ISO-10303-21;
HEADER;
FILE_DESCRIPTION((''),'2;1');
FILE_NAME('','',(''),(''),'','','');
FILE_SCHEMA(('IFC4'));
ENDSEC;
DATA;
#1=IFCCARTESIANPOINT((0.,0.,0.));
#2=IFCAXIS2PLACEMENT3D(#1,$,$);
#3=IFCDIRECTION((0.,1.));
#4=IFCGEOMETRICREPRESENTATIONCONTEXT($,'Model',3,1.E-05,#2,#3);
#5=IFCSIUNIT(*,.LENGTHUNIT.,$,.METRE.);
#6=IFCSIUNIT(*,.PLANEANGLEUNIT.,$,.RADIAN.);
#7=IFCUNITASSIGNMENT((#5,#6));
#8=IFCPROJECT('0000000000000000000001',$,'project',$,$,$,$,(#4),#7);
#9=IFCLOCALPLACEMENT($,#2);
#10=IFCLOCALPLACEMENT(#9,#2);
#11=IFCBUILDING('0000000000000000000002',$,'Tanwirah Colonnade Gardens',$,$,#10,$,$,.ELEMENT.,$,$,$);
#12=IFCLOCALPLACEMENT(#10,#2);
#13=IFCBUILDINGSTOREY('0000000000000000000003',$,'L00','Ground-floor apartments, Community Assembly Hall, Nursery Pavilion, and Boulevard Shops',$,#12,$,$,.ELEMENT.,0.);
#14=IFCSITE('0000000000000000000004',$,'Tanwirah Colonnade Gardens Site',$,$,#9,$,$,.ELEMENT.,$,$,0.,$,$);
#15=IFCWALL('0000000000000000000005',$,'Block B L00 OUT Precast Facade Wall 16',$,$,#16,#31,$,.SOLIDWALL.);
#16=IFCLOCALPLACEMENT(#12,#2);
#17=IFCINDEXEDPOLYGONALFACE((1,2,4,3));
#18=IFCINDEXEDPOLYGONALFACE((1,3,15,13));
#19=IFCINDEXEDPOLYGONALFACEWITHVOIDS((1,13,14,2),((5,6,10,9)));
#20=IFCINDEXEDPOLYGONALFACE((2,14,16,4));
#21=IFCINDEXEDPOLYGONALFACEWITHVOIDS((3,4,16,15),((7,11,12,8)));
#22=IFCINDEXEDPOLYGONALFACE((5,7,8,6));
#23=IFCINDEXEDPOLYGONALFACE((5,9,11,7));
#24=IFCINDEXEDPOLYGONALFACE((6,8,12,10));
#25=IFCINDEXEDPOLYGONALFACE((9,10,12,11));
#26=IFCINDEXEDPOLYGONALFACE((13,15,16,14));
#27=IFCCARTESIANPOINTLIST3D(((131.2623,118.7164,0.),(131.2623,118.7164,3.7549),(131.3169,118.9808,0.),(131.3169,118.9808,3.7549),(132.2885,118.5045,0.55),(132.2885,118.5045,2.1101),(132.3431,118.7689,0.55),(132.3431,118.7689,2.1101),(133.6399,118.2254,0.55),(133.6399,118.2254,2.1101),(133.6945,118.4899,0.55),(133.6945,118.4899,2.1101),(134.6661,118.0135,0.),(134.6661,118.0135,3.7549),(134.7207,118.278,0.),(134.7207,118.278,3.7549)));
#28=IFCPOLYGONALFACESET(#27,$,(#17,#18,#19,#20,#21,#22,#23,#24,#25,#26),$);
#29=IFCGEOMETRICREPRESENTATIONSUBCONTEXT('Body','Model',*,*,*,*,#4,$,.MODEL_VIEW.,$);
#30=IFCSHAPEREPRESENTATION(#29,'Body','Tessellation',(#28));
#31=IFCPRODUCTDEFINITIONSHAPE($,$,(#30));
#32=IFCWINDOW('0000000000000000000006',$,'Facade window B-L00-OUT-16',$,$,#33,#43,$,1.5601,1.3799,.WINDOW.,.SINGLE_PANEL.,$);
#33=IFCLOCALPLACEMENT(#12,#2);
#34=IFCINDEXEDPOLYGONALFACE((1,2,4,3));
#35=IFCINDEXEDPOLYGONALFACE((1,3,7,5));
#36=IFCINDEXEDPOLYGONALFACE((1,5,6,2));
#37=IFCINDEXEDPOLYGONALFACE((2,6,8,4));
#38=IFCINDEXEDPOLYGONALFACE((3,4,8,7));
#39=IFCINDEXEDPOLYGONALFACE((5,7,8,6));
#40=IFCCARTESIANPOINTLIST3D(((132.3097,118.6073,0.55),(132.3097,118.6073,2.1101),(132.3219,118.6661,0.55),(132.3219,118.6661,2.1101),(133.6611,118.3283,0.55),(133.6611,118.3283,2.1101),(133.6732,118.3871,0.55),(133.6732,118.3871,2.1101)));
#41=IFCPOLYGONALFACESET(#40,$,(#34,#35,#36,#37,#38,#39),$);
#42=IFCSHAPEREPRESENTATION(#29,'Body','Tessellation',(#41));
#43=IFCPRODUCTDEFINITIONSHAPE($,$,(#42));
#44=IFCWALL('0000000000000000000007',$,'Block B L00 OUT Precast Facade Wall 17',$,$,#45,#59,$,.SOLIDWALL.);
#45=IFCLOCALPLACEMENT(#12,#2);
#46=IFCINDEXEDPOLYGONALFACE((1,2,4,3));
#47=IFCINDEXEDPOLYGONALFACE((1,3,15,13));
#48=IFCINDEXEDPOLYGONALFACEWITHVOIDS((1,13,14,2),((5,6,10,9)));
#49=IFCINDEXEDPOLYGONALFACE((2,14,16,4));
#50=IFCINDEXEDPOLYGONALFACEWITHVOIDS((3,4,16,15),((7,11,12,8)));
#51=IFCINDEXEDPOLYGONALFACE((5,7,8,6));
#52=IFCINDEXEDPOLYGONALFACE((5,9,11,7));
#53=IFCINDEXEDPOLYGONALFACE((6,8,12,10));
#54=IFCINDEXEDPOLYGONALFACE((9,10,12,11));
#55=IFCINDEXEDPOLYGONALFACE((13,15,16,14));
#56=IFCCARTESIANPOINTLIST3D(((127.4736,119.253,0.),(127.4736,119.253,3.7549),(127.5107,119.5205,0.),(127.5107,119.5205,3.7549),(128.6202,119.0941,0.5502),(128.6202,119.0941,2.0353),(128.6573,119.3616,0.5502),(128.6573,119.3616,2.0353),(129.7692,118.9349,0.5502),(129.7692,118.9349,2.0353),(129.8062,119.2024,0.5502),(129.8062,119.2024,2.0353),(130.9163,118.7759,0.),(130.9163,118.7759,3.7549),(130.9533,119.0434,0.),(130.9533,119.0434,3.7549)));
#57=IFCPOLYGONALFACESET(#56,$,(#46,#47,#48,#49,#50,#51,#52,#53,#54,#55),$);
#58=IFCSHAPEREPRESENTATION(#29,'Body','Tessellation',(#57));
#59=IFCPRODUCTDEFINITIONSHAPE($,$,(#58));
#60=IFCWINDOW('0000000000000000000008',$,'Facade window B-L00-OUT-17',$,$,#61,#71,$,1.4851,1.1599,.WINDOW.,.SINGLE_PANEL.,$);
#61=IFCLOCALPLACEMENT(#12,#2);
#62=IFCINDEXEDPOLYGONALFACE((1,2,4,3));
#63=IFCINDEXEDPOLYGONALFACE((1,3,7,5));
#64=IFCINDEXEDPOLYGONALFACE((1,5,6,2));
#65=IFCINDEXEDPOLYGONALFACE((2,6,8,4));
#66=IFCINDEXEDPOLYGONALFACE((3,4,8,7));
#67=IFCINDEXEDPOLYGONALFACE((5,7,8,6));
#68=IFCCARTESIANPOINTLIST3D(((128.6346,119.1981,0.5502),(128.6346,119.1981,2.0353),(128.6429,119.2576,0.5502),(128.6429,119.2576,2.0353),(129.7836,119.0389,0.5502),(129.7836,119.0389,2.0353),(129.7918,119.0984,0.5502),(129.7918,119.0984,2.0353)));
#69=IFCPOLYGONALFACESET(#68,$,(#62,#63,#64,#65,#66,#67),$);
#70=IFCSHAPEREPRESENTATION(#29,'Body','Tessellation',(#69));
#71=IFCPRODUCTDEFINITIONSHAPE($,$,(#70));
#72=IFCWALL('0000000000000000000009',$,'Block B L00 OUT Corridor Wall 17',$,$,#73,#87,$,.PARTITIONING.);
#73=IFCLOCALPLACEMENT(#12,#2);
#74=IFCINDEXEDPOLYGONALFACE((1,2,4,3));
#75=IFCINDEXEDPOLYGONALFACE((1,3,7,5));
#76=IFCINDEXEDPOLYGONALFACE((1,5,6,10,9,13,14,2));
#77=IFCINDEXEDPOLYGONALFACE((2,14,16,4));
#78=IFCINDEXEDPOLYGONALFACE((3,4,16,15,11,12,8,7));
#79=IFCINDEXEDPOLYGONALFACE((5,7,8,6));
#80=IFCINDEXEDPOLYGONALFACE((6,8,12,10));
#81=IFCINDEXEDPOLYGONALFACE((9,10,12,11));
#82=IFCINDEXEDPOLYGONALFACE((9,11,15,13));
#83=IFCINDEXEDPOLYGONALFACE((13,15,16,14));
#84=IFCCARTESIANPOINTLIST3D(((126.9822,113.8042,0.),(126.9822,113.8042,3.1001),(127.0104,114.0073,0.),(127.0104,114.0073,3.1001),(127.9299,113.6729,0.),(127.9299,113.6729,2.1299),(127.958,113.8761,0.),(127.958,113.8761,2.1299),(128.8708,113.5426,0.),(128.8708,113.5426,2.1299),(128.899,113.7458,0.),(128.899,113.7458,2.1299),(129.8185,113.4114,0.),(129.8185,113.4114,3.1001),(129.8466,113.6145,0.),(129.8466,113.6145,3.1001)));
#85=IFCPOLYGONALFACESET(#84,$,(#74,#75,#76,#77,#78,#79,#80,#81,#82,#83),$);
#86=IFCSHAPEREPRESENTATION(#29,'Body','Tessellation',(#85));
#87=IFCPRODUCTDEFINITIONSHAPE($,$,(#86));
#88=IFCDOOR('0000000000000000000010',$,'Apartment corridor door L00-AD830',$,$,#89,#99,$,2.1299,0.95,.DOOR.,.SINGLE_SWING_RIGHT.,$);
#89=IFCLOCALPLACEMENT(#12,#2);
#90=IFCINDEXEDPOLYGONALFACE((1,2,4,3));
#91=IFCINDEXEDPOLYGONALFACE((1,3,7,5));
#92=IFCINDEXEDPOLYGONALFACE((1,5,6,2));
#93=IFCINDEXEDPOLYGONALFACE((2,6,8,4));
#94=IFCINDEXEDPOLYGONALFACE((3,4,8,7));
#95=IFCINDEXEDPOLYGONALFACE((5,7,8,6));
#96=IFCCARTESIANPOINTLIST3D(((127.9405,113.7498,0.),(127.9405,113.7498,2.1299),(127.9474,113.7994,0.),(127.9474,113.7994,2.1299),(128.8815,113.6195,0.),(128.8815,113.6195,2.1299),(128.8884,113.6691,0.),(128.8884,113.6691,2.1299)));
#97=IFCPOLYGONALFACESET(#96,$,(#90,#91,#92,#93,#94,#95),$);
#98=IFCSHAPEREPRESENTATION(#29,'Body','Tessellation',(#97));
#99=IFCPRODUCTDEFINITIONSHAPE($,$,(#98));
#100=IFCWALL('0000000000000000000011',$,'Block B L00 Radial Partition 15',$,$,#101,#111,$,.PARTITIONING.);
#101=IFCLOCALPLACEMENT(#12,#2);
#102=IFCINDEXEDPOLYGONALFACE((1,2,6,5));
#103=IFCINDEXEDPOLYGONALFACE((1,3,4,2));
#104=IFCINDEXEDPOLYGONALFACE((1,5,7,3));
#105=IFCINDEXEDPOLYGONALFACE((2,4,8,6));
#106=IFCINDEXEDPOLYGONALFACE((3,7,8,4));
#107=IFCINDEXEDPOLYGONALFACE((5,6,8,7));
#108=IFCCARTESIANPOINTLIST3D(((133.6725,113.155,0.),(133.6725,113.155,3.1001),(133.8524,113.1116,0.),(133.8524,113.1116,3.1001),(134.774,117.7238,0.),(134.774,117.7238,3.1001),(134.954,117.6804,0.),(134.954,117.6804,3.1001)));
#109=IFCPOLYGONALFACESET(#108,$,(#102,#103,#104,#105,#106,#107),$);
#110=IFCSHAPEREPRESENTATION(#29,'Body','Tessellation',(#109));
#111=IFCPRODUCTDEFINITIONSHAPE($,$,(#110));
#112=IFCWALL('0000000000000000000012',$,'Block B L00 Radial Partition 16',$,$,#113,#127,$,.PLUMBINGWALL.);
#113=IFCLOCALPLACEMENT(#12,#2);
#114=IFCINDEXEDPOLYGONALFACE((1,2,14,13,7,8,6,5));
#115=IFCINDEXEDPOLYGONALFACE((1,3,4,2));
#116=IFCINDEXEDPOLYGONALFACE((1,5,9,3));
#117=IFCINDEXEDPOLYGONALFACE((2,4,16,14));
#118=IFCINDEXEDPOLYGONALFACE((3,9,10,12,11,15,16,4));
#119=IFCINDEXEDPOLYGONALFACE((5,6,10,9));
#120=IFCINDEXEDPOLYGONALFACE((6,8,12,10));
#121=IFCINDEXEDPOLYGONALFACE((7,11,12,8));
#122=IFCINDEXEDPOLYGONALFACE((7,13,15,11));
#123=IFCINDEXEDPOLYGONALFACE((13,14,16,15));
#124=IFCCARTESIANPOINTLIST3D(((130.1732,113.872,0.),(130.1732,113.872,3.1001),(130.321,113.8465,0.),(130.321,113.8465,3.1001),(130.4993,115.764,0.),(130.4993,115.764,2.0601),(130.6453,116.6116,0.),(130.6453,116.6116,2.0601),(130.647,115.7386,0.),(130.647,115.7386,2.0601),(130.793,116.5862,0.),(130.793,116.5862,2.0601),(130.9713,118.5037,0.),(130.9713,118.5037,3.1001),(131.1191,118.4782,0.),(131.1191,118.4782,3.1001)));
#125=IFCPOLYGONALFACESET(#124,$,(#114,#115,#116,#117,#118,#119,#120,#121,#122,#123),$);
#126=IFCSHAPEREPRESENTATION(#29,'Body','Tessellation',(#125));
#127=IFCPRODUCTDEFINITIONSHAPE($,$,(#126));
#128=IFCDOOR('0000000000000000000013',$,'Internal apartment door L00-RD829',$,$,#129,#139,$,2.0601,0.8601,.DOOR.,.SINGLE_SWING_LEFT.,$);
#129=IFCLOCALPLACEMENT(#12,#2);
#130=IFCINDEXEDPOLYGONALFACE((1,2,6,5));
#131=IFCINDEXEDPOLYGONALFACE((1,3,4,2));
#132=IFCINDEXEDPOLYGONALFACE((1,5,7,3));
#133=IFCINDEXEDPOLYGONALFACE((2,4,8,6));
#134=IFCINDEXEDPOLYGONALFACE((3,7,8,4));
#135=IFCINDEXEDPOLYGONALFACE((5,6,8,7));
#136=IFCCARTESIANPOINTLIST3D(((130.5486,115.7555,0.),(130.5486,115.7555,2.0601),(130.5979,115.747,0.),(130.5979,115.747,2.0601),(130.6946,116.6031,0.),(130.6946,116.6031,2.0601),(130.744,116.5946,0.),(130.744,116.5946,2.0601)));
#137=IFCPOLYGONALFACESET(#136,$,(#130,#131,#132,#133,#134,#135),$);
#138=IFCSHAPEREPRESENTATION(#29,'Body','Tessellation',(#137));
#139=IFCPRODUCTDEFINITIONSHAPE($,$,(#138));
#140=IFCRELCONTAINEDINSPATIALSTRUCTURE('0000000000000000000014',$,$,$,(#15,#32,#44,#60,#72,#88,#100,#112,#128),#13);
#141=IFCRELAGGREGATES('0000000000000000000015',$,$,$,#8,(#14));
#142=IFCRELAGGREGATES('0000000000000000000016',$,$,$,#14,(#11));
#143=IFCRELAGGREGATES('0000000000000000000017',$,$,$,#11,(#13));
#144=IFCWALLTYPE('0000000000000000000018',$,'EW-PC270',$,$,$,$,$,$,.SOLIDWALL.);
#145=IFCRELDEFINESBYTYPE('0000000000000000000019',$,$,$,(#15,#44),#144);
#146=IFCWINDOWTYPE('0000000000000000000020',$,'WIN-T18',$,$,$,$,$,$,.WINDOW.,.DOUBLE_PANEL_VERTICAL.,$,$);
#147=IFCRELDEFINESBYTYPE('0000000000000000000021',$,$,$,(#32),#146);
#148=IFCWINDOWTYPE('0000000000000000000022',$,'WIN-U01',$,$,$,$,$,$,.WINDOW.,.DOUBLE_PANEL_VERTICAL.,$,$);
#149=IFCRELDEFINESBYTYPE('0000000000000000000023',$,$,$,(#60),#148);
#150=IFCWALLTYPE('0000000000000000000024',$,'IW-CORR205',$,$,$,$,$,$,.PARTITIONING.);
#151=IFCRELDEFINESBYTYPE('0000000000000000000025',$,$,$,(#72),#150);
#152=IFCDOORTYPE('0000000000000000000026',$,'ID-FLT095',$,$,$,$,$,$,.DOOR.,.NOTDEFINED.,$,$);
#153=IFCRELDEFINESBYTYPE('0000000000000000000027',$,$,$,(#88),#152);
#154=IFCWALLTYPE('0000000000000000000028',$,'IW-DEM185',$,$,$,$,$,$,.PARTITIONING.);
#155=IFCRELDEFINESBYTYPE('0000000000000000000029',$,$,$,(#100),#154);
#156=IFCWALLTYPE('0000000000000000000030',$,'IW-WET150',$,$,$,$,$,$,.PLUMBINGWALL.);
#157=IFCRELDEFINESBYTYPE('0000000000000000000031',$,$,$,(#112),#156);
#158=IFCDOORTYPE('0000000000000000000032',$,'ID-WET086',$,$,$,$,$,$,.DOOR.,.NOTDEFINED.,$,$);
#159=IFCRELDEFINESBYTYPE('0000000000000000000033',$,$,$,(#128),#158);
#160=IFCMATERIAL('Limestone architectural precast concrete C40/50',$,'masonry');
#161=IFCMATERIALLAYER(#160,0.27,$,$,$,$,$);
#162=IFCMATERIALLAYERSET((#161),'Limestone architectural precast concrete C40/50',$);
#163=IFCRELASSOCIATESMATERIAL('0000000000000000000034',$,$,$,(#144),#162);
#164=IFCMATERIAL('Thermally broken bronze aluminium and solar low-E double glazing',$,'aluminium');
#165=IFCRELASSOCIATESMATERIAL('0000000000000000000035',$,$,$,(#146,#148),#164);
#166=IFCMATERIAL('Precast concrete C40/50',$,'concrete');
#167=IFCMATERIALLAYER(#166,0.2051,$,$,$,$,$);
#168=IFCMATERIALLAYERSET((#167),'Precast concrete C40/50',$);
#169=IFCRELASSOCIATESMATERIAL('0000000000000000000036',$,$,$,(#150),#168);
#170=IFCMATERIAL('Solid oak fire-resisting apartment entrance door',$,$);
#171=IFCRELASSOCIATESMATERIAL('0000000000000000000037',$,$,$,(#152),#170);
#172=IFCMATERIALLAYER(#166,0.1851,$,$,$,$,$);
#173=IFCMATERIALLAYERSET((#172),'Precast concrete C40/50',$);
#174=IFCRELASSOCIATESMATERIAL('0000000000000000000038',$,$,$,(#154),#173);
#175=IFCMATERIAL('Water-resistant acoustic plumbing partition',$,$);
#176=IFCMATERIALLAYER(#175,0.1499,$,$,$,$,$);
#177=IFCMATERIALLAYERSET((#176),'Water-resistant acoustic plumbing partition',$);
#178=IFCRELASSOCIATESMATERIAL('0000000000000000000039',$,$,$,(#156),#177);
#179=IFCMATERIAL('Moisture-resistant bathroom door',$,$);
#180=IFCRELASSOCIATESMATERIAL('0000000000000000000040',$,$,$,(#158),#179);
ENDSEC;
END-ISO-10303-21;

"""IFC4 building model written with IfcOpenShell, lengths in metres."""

from ifc_helpers import new_model, si_unit, direction, frame, frame_2d, origin, place, context, subcontext, project, spatial, rectangle, extrude, material, layer, layer_set, type_object, element, fill, save


model = new_model("IFC4")

# Units and contexts
model_context = context("Model", 3, precision=1e-05, world=origin(), true_north=direction((0.0, 1.0)))
body_context = subcontext(model_context, "Body", "Model", "MODEL_VIEW")
ifc_project = project(units=[si_unit("LENGTHUNIT", "METRE"), si_unit("PLANEANGLEUNIT", "RADIAN")], contexts=[model_context])

# Site, building, storey
site_placement = place(None, origin())
site = spatial("IfcSite", under=ifc_project, at=site_placement, Name="Tanwirah Colonnade Gardens Site", CompositionType="ELEMENT", RefElevation=0.0)
building_placement = place(site_placement, origin())
building = spatial("IfcBuilding", under=site, at=building_placement, Name="Tanwirah Colonnade Gardens", CompositionType="ELEMENT")
storey_placement = place(building_placement, origin())
storey = spatial("IfcBuildingStorey", under=building, at=storey_placement, Name="L00", Description="Ground-floor apartments, Community Assembly Hall, Nursery Pavilion, and Boulevard Shops", CompositionType="ELEMENT", Elevation=0.0)

# Shared definitions
ifc_material_1 = material(Name="Precast concrete C40/50", Category="concrete")

# Walls, openings, windows
ifc_material_2 = material(Name="Limestone architectural precast concrete C40/50", Category="masonry")
ifc_layer_1 = layer(ifc_material_2, 0.27)
ifc_layer_set_1 = layer_set([ifc_layer_1], Name="Limestone architectural precast concrete C40/50")
wall_type_1 = type_object("IfcWallType", Name="EW-PC270", PredefinedType="SOLIDWALL", material=ifc_layer_set_1)
wall_1_placement = place(storey_placement, frame((134.6934, 118.1458, 0.0), z_axis=(0.0, 0.0, 1.0), x_axis=(-0.979338, 0.202232, 0.0)))
wall_1 = element("IfcWall", 1, at=wall_1_placement, inside=storey, type_object=wall_type_1, Name="Block B L00 OUT Precast Facade Wall 16", PredefinedType="SOLIDWALL", context=body_context, shape_type="SweptSolid", body=[
    extrude(rectangle(XDim=3.4756, YDim=0.27, at=frame_2d((1.7378, 0.0))), origin(), (0.0, 0.0, 1.0), 3.7549),
])
opening_1_placement = place(wall_1_placement, frame((1.0479, 0.0, 0.55)))
opening_1 = element("IfcOpeningElement", 2, at=opening_1_placement, cuts=wall_1, PredefinedType="OPENING", context=body_context, shape_type="SweptSolid", body=[
    extrude(rectangle(XDim=1.3799, YDim=1.5601, at=frame_2d((0.6899, 0.78))), frame((0.0, 0.145, 0.0), z_axis=(0.0, -1.0, 0.0), x_axis=(1.0, 0.0, 0.0)), (0.0, 0.0, 1.0), 0.29),
])
ifc_material_3 = material(Name="Thermally broken bronze aluminium and solar low-E double glazing", Category="aluminium")
window_type_1 = type_object("IfcWindowType", Name="WIN-T18", PartitioningType="DOUBLE_PANEL_VERTICAL", PredefinedType="WINDOW", material=ifc_material_3)
window_1_placement = place(opening_1_placement, origin())
window_1 = element("IfcWindow", 3, at=window_1_placement, inside=storey, type_object=window_type_1, Name="Facade window B-L00-OUT-16", OverallHeight=1.5601, OverallWidth=1.3799, PartitioningType="SINGLE_PANEL", PredefinedType="WINDOW", context=body_context, shape_type="SweptSolid", body=[
    extrude(rectangle(XDim=1.3799, YDim=1.5601, at=frame_2d((0.6899, 0.78))), frame((0.0, 0.03, 0.0), z_axis=(0.0, -1.0, 0.0), x_axis=(1.0, 0.0, 0.0)), (0.0, 0.0, 1.0), 0.0601),
])
fill(opening_1, window_1)
wall_2_placement = place(storey_placement, frame((130.9348, 118.9097, 0.0), z_axis=(0.0, 0.0, 1.0), x_axis=(-0.990535, 0.13726, 0.0)))
wall_2 = element("IfcWall", 4, at=wall_2_placement, inside=storey, type_object=wall_type_1, Name="Block B L00 OUT Precast Facade Wall 17", PredefinedType="SOLIDWALL", context=body_context, shape_type="SweptSolid", body=[
    extrude(rectangle(XDim=3.4756, YDim=0.27, at=frame_2d((1.7378, 0.0))), origin(), (0.0, 0.0, 1.0), 3.7549),
])
opening_2_placement = place(wall_2_placement, frame((1.158, 0.0, 0.55)))
opening_2 = element("IfcOpeningElement", 5, at=opening_2_placement, cuts=wall_2, PredefinedType="OPENING", context=body_context, shape_type="SweptSolid", body=[
    extrude(rectangle(XDim=1.1599, YDim=1.4851, at=frame_2d((0.5801, 0.7427))), frame((0.0, 0.145, 0.0), z_axis=(0.0, -1.0, 0.0), x_axis=(1.0, 0.0, 0.0)), (0.0, 0.0, 1.0), 0.29),
])
window_type_2 = type_object("IfcWindowType", Name="WIN-U01", PartitioningType="DOUBLE_PANEL_VERTICAL", PredefinedType="WINDOW", material=ifc_material_3)
window_2_placement = place(opening_2_placement, origin())
window_2 = element("IfcWindow", 6, at=window_2_placement, inside=storey, type_object=window_type_2, Name="Facade window B-L00-OUT-17", OverallHeight=1.4851, OverallWidth=1.1599, PartitioningType="SINGLE_PANEL", PredefinedType="WINDOW", context=body_context, shape_type="SweptSolid", body=[
    extrude(rectangle(XDim=1.1599, YDim=1.4851, at=frame_2d((0.5801, 0.7427))), frame((0.0, 0.03, 0.0), z_axis=(0.0, -1.0, 0.0), x_axis=(1.0, 0.0, 0.0)), (0.0, 0.0, 1.0), 0.0601),
])
fill(opening_2, window_2)

# Wall, opening, door
ifc_layer_2 = layer(ifc_material_1, 0.2051)
ifc_layer_set_2 = layer_set([ifc_layer_2], Name="Precast concrete C40/50")
wall_type_2 = type_object("IfcWallType", Name="IW-CORR205", PredefinedType="PARTITIONING", material=ifc_layer_set_2)
ifc_material_4 = material(Name="Solid oak fire-resisting apartment entrance door")
wall_3_placement = place(storey_placement, frame((129.8325, 113.5129, 0.0), z_axis=(0.0, 0.0, 1.0), x_axis=(-0.990544, 0.137194, 0.0)))
wall_3 = element("IfcWall", 7, at=wall_3_placement, inside=storey, type_object=wall_type_2, Name="Block B L00 OUT Corridor Wall 17", PredefinedType="PARTITIONING", context=body_context, shape_type="SweptSolid", body=[
    extrude(rectangle(XDim=2.8633, YDim=0.2051, at=frame_2d((1.4316, 0.0))), origin(), (0.0, 0.0, 1.0), 3.1001),
])
opening_3_placement = place(wall_3_placement, frame((0.9565, 0.0, 0.0)))
opening_3 = element("IfcOpeningElement", 8, at=opening_3_placement, cuts=wall_3, PredefinedType="OPENING", context=body_context, shape_type="SweptSolid", body=[
    extrude(rectangle(XDim=0.95, YDim=2.1299, at=frame_2d((0.4751, 1.0649))), frame((0.0, 0.1125, 0.0), z_axis=(0.0, -1.0, 0.0), x_axis=(1.0, 0.0, 0.0)), (0.0, 0.0, 1.0), 0.2251),
])
door_type_1 = type_object("IfcDoorType", Name="ID-FLT095", OperationType="NOTDEFINED", PredefinedType="DOOR", material=ifc_material_4)
door_1_placement = place(opening_3_placement, origin())
door_1 = element("IfcDoor", 9, at=door_1_placement, inside=storey, type_object=door_type_1, Name="Apartment corridor door L00-AD830", OperationType="SINGLE_SWING_RIGHT", OverallHeight=2.1299, OverallWidth=0.95, PredefinedType="DOOR", context=body_context, shape_type="SweptSolid", body=[
    extrude(rectangle(XDim=0.95, YDim=2.1299, at=frame_2d((0.4751, 1.0649))), frame((0.0, 0.0249, 0.0), z_axis=(0.0, -1.0, 0.0), x_axis=(1.0, 0.0, 0.0)), (0.0, 0.0, 1.0), 0.05),
])
fill(opening_3, door_1)

# Wall
ifc_layer_3 = layer(ifc_material_1, 0.1851)
ifc_layer_set_3 = layer_set([ifc_layer_3], Name="Precast concrete C40/50")
wall_type_3 = type_object("IfcWallType", Name="IW-DEM185", PredefinedType="PARTITIONING", material=ifc_layer_set_3)
wall_4_placement = place(storey_placement, frame((133.7625, 113.1333, 0.0), z_axis=(0.0, 0.0, 1.0), x_axis=(0.234387, 0.972143, 0.0)))
element("IfcWall", 10, at=wall_4_placement, inside=storey, type_object=wall_type_3, Name="Block B L00 Radial Partition 15", PredefinedType="PARTITIONING", context=body_context, shape_type="SweptSolid", body=[
    extrude(rectangle(XDim=4.6997, YDim=0.1851, at=frame_2d((2.3499, 0.0))), origin(), (0.0, 0.0, 1.0), 3.1001),
])

# Wall, opening, door
ifc_material_5 = material(Name="Water-resistant acoustic plumbing partition")
ifc_layer_4 = layer(ifc_material_5, 0.1499)
ifc_layer_set_4 = layer_set([ifc_layer_4], Name="Water-resistant acoustic plumbing partition")
wall_type_4 = type_object("IfcWallType", Name="IW-WET150", PredefinedType="PLUMBINGWALL", material=ifc_layer_set_4)
wall_5_placement = place(storey_placement, frame((130.2471, 113.8591, 0.0), z_axis=(0.0, 0.0, 1.0), x_axis=(0.169813, 0.985476, 0.0)))
wall_5 = element("IfcWall", 11, at=wall_5_placement, inside=storey, type_object=wall_type_4, Name="Block B L00 Radial Partition 16", PredefinedType="PLUMBINGWALL", context=body_context, shape_type="SweptSolid", body=[
    extrude(rectangle(XDim=4.7, YDim=0.1499, at=frame_2d((2.3501, 0.0))), origin(), (0.0, 0.0, 1.0), 3.1001),
])
opening_4_placement = place(wall_5_placement, frame((1.9199, 0.0, 0.0)))
opening_4 = element("IfcOpeningElement", 12, at=opening_4_placement, cuts=wall_5, PredefinedType="OPENING", context=body_context, shape_type="SweptSolid", body=[
    extrude(rectangle(XDim=0.8601, YDim=2.0601, at=frame_2d((0.4302, 1.03))), frame((0.0, 0.085, 0.0), z_axis=(0.0, -1.0, 0.0), x_axis=(1.0, 0.0, 0.0)), (0.0, 0.0, 1.0), 0.1699),
])
ifc_material_6 = material(Name="Moisture-resistant bathroom door")
door_type_2 = type_object("IfcDoorType", Name="ID-WET086", OperationType="NOTDEFINED", PredefinedType="DOOR", material=ifc_material_6)
door_2_placement = place(opening_4_placement, origin())
door_2 = element("IfcDoor", 13, at=door_2_placement, inside=storey, type_object=door_type_2, Name="Internal apartment door L00-RD829", OperationType="SINGLE_SWING_LEFT", OverallHeight=2.0601, OverallWidth=0.8601, PredefinedType="DOOR", context=body_context, shape_type="SweptSolid", body=[
    extrude(rectangle(XDim=0.8601, YDim=2.0601, at=frame_2d((0.4302, 1.03))), frame((0.0, 0.0249, 0.0), z_axis=(0.0, -1.0, 0.0), x_axis=(1.0, 0.0, 0.0)), (0.0, 0.0, 1.0), 0.05),
])
fill(opening_4, door_2)

save(model, "model.ifc")
